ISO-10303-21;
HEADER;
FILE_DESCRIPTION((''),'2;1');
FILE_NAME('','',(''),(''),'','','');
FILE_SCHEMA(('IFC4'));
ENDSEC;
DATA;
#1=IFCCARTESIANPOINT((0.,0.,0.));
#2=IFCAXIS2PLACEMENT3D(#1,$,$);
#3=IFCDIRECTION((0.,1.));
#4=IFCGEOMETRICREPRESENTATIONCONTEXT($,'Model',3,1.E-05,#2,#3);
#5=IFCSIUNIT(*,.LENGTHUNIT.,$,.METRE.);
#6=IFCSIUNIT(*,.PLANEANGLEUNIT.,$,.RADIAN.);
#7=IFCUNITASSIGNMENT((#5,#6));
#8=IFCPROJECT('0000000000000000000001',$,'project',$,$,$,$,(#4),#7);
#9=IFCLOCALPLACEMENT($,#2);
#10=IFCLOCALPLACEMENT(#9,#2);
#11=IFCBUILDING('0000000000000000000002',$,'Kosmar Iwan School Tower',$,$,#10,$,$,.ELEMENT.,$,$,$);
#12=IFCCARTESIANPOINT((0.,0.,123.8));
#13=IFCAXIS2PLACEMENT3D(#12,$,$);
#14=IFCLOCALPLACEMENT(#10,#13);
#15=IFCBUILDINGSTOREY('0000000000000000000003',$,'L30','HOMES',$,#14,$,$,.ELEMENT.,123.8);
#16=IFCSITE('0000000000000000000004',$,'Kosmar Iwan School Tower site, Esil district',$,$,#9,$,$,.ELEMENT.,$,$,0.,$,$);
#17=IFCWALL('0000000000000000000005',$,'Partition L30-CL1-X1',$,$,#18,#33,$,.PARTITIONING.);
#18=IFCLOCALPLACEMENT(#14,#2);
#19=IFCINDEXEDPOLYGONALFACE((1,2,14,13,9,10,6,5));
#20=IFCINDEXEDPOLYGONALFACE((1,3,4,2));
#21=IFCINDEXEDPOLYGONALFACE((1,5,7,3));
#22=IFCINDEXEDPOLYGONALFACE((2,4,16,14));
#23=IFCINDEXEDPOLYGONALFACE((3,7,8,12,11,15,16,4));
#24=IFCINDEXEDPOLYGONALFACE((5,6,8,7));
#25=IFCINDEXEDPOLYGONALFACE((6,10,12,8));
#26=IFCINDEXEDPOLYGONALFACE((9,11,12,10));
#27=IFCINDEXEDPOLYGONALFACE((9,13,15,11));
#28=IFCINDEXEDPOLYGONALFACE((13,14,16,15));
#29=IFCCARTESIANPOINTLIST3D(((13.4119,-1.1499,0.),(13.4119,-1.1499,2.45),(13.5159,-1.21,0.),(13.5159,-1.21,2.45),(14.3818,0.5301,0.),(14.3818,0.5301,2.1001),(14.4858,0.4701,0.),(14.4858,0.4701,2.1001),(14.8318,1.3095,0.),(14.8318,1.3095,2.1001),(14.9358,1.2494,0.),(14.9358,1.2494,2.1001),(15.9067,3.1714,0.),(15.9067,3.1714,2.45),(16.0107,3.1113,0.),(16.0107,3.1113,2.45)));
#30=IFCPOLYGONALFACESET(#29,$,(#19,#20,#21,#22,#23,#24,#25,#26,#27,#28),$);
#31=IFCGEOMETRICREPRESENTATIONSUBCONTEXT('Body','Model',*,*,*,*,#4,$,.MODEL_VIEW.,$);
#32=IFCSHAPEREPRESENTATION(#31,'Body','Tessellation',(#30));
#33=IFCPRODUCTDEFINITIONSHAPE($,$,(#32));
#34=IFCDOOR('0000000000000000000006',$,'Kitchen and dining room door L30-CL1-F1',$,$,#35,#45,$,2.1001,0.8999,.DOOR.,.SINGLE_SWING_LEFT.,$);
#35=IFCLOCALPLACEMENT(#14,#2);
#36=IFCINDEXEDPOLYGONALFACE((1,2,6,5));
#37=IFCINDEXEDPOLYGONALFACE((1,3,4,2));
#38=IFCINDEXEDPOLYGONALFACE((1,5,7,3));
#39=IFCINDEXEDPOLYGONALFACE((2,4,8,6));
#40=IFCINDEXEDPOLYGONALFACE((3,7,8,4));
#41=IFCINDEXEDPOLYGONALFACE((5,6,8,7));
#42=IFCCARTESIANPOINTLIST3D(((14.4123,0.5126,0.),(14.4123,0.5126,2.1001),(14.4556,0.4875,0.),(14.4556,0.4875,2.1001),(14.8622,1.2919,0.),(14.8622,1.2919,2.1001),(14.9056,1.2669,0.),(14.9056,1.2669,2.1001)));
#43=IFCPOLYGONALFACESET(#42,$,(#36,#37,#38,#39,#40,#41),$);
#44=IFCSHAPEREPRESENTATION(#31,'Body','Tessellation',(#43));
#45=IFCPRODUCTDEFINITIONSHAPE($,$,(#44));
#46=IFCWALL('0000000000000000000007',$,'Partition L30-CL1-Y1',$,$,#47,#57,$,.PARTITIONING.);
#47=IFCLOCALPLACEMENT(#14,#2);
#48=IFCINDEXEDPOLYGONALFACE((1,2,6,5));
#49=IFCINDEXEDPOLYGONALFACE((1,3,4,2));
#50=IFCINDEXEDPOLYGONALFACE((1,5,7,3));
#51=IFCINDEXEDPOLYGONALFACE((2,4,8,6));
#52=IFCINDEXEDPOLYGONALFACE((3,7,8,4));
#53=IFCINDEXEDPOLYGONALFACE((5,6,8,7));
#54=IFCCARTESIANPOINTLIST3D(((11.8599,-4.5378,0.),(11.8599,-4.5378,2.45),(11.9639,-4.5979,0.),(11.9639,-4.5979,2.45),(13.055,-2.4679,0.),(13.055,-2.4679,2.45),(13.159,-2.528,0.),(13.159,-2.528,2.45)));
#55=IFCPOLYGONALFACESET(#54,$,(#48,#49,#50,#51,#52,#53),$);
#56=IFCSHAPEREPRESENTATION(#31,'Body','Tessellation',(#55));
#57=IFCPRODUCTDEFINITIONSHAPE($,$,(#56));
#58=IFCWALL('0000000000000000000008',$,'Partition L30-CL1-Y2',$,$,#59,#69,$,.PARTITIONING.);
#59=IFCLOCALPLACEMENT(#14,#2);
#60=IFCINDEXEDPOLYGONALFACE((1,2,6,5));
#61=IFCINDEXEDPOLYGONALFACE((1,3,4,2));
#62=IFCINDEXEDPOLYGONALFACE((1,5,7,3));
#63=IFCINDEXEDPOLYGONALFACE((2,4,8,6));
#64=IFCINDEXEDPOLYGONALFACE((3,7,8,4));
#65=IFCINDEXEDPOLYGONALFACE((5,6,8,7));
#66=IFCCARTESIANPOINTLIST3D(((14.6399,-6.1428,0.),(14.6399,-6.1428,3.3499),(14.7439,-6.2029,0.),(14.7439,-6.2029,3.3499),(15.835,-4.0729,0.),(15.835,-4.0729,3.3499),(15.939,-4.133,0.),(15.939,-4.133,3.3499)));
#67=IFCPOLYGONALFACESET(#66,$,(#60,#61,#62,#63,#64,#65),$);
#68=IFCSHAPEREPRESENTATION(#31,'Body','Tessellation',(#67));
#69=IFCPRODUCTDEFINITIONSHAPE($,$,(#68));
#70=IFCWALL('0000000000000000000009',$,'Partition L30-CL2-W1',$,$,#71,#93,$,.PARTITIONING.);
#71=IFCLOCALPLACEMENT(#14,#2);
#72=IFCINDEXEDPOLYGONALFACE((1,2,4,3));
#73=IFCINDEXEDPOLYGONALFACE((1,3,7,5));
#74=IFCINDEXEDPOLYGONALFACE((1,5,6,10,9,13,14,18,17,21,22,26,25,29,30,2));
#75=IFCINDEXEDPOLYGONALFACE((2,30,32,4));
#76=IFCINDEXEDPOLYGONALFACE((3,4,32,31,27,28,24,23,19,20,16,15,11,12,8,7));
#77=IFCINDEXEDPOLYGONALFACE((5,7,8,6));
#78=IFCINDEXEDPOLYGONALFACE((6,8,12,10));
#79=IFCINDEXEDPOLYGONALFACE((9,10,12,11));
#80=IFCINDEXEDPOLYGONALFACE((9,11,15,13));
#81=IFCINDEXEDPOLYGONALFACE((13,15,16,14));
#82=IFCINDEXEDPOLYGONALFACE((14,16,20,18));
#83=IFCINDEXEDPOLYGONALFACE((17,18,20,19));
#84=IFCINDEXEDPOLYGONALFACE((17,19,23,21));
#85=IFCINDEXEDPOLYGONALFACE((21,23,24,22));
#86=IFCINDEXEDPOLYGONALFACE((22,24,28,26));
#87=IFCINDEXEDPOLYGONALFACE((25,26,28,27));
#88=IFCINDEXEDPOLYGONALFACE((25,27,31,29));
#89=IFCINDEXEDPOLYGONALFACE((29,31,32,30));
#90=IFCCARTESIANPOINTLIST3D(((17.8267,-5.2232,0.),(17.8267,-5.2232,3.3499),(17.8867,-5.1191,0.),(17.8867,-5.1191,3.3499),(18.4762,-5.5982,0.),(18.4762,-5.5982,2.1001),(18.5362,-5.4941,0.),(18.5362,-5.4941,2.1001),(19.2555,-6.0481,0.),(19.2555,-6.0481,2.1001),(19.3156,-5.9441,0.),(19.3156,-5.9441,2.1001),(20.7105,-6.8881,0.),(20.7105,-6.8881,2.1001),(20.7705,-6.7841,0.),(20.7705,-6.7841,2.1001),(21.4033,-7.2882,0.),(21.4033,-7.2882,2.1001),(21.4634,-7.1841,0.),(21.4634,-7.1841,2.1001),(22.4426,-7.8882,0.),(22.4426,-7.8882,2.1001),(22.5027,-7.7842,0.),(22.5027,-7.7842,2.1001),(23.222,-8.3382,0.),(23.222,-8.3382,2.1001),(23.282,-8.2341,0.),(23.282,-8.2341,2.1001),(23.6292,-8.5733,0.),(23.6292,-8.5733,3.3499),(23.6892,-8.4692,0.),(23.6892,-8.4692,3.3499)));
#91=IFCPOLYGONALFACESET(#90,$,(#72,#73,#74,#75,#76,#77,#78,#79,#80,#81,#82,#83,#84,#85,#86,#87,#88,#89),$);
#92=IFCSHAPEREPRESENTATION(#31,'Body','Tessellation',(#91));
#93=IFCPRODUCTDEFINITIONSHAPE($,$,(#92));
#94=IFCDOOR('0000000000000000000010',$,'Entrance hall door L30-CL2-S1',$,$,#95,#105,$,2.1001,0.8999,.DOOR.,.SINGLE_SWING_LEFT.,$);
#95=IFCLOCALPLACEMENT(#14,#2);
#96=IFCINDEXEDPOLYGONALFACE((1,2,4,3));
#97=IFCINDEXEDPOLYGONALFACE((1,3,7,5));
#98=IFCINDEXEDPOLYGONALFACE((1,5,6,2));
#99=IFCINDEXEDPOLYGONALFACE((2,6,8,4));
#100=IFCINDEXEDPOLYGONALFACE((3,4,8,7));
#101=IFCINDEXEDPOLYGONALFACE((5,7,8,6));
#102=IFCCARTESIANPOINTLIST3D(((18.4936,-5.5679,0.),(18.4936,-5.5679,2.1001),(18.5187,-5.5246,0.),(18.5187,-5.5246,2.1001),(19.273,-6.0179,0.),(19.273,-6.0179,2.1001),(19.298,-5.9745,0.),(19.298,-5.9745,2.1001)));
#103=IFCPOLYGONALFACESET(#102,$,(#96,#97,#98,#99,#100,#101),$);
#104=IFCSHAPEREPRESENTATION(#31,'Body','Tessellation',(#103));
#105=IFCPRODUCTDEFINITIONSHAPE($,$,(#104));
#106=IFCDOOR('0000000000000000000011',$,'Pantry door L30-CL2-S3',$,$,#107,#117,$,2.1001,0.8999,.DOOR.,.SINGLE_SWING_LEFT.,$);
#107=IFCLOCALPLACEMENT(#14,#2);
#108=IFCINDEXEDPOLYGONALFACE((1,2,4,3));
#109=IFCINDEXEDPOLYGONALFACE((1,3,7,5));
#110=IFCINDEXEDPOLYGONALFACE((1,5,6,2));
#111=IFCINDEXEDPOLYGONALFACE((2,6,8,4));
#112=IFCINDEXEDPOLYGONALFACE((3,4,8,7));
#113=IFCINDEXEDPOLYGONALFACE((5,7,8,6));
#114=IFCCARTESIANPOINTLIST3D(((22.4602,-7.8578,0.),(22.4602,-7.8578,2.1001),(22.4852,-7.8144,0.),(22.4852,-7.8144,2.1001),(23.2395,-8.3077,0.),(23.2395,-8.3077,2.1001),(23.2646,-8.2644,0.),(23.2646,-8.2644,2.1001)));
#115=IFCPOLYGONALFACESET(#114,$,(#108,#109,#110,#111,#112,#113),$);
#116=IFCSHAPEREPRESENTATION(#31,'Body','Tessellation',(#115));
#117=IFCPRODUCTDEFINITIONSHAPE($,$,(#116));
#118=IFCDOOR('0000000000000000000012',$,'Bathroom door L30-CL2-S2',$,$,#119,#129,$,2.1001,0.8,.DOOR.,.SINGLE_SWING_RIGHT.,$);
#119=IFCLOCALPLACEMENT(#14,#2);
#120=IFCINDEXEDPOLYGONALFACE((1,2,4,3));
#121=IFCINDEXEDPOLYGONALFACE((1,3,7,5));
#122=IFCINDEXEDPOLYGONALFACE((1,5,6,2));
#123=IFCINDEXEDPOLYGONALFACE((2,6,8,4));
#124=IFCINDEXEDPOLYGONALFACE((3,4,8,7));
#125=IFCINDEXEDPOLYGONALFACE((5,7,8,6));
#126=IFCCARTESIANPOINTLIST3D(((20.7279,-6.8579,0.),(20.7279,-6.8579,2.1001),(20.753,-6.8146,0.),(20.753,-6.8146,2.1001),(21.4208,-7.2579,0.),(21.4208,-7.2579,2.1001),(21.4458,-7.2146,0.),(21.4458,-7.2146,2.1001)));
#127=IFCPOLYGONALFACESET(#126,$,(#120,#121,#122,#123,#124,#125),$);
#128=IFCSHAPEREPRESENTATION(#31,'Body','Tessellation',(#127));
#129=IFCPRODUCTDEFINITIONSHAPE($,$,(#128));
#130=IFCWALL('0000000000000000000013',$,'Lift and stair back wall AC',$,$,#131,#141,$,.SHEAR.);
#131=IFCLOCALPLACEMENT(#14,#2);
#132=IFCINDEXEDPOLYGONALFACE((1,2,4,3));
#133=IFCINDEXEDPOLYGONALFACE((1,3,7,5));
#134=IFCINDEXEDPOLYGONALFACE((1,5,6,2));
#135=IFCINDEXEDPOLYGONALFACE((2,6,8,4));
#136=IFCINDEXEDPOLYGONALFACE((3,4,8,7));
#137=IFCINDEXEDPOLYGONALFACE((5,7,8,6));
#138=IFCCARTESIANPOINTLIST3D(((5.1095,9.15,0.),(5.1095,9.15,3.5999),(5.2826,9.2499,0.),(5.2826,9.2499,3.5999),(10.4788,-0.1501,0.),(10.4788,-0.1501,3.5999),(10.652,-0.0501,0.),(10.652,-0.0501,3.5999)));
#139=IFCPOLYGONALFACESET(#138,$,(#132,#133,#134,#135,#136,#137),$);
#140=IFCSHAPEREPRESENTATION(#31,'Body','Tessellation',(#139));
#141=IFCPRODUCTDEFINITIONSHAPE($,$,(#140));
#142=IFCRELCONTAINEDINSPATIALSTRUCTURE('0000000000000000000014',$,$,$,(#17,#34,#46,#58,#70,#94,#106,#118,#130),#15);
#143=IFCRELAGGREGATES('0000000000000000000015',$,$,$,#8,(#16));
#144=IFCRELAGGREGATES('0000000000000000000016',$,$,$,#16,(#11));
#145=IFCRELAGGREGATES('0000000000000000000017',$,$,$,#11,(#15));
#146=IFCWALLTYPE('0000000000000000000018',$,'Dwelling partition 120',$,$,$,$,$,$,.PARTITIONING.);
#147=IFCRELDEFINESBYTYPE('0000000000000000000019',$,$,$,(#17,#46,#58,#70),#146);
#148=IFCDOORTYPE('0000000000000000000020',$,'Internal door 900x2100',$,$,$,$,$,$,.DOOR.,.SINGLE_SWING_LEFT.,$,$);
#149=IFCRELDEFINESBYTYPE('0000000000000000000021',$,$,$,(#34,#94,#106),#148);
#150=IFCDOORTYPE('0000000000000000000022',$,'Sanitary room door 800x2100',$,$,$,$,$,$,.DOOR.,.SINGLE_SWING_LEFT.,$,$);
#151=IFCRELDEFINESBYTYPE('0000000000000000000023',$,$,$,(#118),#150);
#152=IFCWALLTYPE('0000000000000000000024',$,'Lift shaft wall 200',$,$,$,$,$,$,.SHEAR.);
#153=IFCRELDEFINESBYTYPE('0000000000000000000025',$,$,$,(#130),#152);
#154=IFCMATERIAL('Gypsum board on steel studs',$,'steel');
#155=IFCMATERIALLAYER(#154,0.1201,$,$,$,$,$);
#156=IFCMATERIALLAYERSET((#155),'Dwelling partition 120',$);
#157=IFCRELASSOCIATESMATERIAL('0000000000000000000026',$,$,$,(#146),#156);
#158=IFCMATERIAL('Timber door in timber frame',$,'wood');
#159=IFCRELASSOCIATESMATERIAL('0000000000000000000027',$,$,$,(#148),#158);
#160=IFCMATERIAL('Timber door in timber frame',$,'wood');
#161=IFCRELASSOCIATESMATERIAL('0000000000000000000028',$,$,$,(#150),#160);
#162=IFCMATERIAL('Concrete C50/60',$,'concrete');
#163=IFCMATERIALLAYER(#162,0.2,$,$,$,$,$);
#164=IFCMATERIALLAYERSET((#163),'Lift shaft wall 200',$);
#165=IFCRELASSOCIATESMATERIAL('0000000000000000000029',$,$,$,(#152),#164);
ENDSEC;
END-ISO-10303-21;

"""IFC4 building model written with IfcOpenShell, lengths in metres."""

from ifc_helpers import new_model, si_unit, direction, frame, frame_2d, origin, place, context, subcontext, project, spatial, rectangle, extrude, material, layer, layer_set, type_object, element, fill, save


model = new_model("IFC4")

# Units and contexts
model_context = context("Model", 3, precision=1e-05, world=origin(), true_north=direction((0.0, 1.0)))
body_context = subcontext(model_context, "Body", "Model", "MODEL_VIEW")
ifc_project = project(units=[si_unit("LENGTHUNIT", "METRE"), si_unit("PLANEANGLEUNIT", "RADIAN")], contexts=[model_context])

# Site, building, storey
site_placement = place(None, origin())
site = spatial("IfcSite", under=ifc_project, at=site_placement, Name="Kosmar Iwan School Tower site, Esil district", CompositionType="ELEMENT", RefElevation=0.0)
building_placement = place(site_placement, origin())
building = spatial("IfcBuilding", under=site, at=building_placement, Name="Kosmar Iwan School Tower", CompositionType="ELEMENT")
storey_placement = place(building_placement, frame((0.0, 0.0, 123.8)))
storey = spatial("IfcBuildingStorey", under=building, at=storey_placement, Name="L30", Description="HOMES", CompositionType="ELEMENT", Elevation=123.8)

# Shared definitions
ifc_material_1 = material(Name="Gypsum board on steel studs", Category="steel")
ifc_layer_1 = layer(ifc_material_1, 0.1201)
ifc_layer_set_1 = layer_set([ifc_layer_1], Name="Dwelling partition 120")
wall_type_1 = type_object("IfcWallType", Name="Dwelling partition 120", PredefinedType="PARTITIONING", material=ifc_layer_set_1)
ifc_material_2 = material(Name="Timber door in timber frame", Category="wood")
door_type_1 = type_object("IfcDoorType", Name="Internal door 900x2100", OperationType="SINGLE_SWING_LEFT", PredefinedType="DOOR", material=ifc_material_2)
ifc_material_3 = material(Name="Timber door in timber frame", Category="wood")
door_type_2 = type_object("IfcDoorType", Name="Sanitary room door 800x2100", OperationType="SINGLE_SWING_LEFT", PredefinedType="DOOR", material=ifc_material_3)

# Wall, opening, door
wall_1_placement = place(storey_placement, frame((13.4639, -1.1799, 0.0), z_axis=(0.0, 0.0, 1.0), x_axis=(0.499996, 0.866028, 0.0)))
wall_1 = element("IfcWall", 1, at=wall_1_placement, inside=storey, type_object=wall_type_1, Name="Partition L30-CL1-X1", PredefinedType="PARTITIONING", context=body_context, shape_type="SweptSolid", body=[
    extrude(rectangle(XDim=4.9897, YDim=0.1201, at=frame_2d((2.4949, 0.0))), origin(), (0.0, 0.0, 1.0), 2.45),
])
opening_1_placement = place(wall_1_placement, frame((1.9399, 0.0, 0.0)))
opening_1 = element("IfcOpeningElement", 2, at=opening_1_placement, cuts=wall_1, PredefinedType="OPENING", context=body_context, shape_type="SweptSolid", body=[
    extrude(rectangle(XDim=0.8999, YDim=2.1001, at=frame_2d((0.45, 1.05))), frame((0.0, 0.072, 0.0), z_axis=(0.0, -1.0, 0.0), x_axis=(1.0, 0.0, 0.0)), (0.0, 0.0, 1.0), 0.144),
])
door_1_placement = place(opening_1_placement, origin())
door_1 = element("IfcDoor", 3, at=door_1_placement, inside=storey, type_object=door_type_1, Name="Kitchen and dining room door L30-CL1-F1", OperationType="SINGLE_SWING_LEFT", OverallHeight=2.1001, OverallWidth=0.8999, PredefinedType="DOOR", context=body_context, shape_type="SweptSolid", body=[
    extrude(rectangle(XDim=0.8999, YDim=2.1001, at=frame_2d((0.45, 1.05))), frame((0.0, 0.0249, 0.0), z_axis=(0.0, -1.0, 0.0), x_axis=(1.0, 0.0, 0.0)), (0.0, 0.0, 1.0), 0.05),
])
fill(opening_1, door_1)

# Walls
wall_2_placement = place(storey_placement, frame((11.9119, -4.5679, 0.0), z_axis=(0.0, 0.0, 1.0), x_axis=(0.500017, 0.866015, 0.0)))
element("IfcWall", 4, at=wall_2_placement, inside=storey, type_object=wall_type_1, Name="Partition L30-CL1-Y1", PredefinedType="PARTITIONING", context=body_context, shape_type="SweptSolid", body=[
    extrude(rectangle(XDim=2.3901, YDim=0.1201, at=frame_2d((1.1951, 0.0))), origin(), (0.0, 0.0, 1.0), 2.45),
])
wall_3_placement = place(storey_placement, frame((14.6919, -6.1729, 0.0), z_axis=(0.0, 0.0, 1.0), x_axis=(0.500017, 0.866015, 0.0)))
element("IfcWall", 5, at=wall_3_placement, inside=storey, type_object=wall_type_1, Name="Partition L30-CL1-Y2", PredefinedType="PARTITIONING", context=body_context, shape_type="SweptSolid", body=[
    extrude(rectangle(XDim=2.3901, YDim=0.1201, at=frame_2d((1.1951, 0.0))), origin(), (0.0, 0.0, 1.0), 3.3499),
])

# Wall, openings, doors
wall_4_placement = place(storey_placement, frame((17.8567, -5.1711, 0.0), z_axis=(0.0, 0.0, 1.0), x_axis=(0.866024, -0.500003, 0.0)))
wall_4 = element("IfcWall", 6, at=wall_4_placement, inside=storey, type_object=wall_type_1, Name="Partition L30-CL2-W1", PredefinedType="PARTITIONING", context=body_context, shape_type="SweptSolid", body=[
    extrude(rectangle(XDim=6.7002, YDim=0.1201, at=frame_2d((3.3501, 0.0))), origin(), (0.0, 0.0, 1.0), 3.3499),
])
opening_2_placement = place(wall_4_placement, frame((0.75, 0.0, 0.0)))
opening_2 = element("IfcOpeningElement", 7, at=opening_2_placement, cuts=wall_4, PredefinedType="OPENING", context=body_context, shape_type="SweptSolid", body=[
    extrude(rectangle(XDim=0.8999, YDim=2.1001, at=frame_2d((0.45, 1.05))), frame((0.0, 0.072, 0.0), z_axis=(0.0, -1.0, 0.0), x_axis=(1.0, 0.0, 0.0)), (0.0, 0.0, 1.0), 0.144),
])
opening_3_placement = place(wall_4_placement, frame((3.3301, 0.0, 0.0)))
opening_3 = element("IfcOpeningElement", 8, at=opening_3_placement, cuts=wall_4, PredefinedType="OPENING", context=body_context, shape_type="SweptSolid", body=[
    extrude(rectangle(XDim=0.8, YDim=2.1001, at=frame_2d((0.3999, 1.05))), frame((0.0, 0.072, 0.0), z_axis=(0.0, -1.0, 0.0), x_axis=(1.0, 0.0, 0.0)), (0.0, 0.0, 1.0), 0.144),
])
opening_4_placement = place(wall_4_placement, frame((5.3301, 0.0, 0.0)))
opening_4 = element("IfcOpeningElement", 9, at=opening_4_placement, cuts=wall_4, PredefinedType="OPENING", context=body_context, shape_type="SweptSolid", body=[
    extrude(rectangle(XDim=0.8999, YDim=2.1001, at=frame_2d((0.45, 1.05))), frame((0.0, 0.072, 0.0), z_axis=(0.0, -1.0, 0.0), x_axis=(1.0, 0.0, 0.0)), (0.0, 0.0, 1.0), 0.144),
])
door_2_placement = place(opening_2_placement, origin())
door_2 = element("IfcDoor", 10, at=door_2_placement, inside=storey, type_object=door_type_1, Name="Entrance hall door L30-CL2-S1", OperationType="SINGLE_SWING_LEFT", OverallHeight=2.1001, OverallWidth=0.8999, PredefinedType="DOOR", context=body_context, shape_type="SweptSolid", body=[
    extrude(rectangle(XDim=0.8999, YDim=2.1001, at=frame_2d((0.45, 1.05))), frame((0.0, 0.0249, 0.0), z_axis=(0.0, -1.0, 0.0), x_axis=(1.0, 0.0, 0.0)), (0.0, 0.0, 1.0), 0.05),
])
fill(opening_2, door_2)
door_3_placement = place(opening_4_placement, frame((0.8999, 0.0, 0.0), z_axis=(0.0, 0.0, 1.0), x_axis=(-1.0, 0.0, 0.0)))
door_3 = element("IfcDoor", 11, at=door_3_placement, inside=storey, type_object=door_type_1, Name="Pantry door L30-CL2-S3", OperationType="SINGLE_SWING_LEFT", OverallHeight=2.1001, OverallWidth=0.8999, PredefinedType="DOOR", context=body_context, shape_type="SweptSolid", body=[
    extrude(rectangle(XDim=0.8999, YDim=2.1001, at=frame_2d((0.45, 1.05))), frame((0.0, 0.0249, 0.0), z_axis=(0.0, -1.0, 0.0), x_axis=(1.0, 0.0, 0.0)), (0.0, 0.0, 1.0), 0.05),
])
fill(opening_4, door_3)
door_4_placement = place(opening_3_placement, origin())
door_4 = element("IfcDoor", 12, at=door_4_placement, inside=storey, type_object=door_type_2, Name="Bathroom door L30-CL2-S2", OperationType="SINGLE_SWING_RIGHT", OverallHeight=2.1001, OverallWidth=0.8, PredefinedType="DOOR", context=body_context, shape_type="SweptSolid", body=[
    extrude(rectangle(XDim=0.8, YDim=2.1001, at=frame_2d((0.3999, 1.05))), frame((0.0, 0.0249, 0.0), z_axis=(0.0, -1.0, 0.0), x_axis=(1.0, 0.0, 0.0)), (0.0, 0.0, 1.0), 0.05),
])
fill(opening_3, door_4)

# Wall
ifc_material_4 = material(Name="Concrete C50/60", Category="concrete")
ifc_layer_2 = layer(ifc_material_4, 0.2)
ifc_layer_set_2 = layer_set([ifc_layer_2], Name="Lift shaft wall 200")
wall_type_2 = type_object("IfcWallType", Name="Lift shaft wall 200", PredefinedType="SHEAR", material=ifc_layer_set_2)
wall_5_placement = place(storey_placement, frame((10.5654, -0.1001, 0.0), z_axis=(0.0, 0.0, 1.0), x_axis=(-0.5, 0.866025, 0.0)))
element("IfcWall", 13, at=wall_5_placement, inside=storey, type_object=wall_type_2, Name="Lift and stair back wall AC", PredefinedType="SHEAR", context=body_context, shape_type="SweptSolid", body=[
    extrude(rectangle(XDim=10.7388, YDim=0.2, at=frame_2d((5.3694, 0.0))), origin(), (0.0, 0.0, 1.0), 3.5999),
])

save(model, "model.ifc")
